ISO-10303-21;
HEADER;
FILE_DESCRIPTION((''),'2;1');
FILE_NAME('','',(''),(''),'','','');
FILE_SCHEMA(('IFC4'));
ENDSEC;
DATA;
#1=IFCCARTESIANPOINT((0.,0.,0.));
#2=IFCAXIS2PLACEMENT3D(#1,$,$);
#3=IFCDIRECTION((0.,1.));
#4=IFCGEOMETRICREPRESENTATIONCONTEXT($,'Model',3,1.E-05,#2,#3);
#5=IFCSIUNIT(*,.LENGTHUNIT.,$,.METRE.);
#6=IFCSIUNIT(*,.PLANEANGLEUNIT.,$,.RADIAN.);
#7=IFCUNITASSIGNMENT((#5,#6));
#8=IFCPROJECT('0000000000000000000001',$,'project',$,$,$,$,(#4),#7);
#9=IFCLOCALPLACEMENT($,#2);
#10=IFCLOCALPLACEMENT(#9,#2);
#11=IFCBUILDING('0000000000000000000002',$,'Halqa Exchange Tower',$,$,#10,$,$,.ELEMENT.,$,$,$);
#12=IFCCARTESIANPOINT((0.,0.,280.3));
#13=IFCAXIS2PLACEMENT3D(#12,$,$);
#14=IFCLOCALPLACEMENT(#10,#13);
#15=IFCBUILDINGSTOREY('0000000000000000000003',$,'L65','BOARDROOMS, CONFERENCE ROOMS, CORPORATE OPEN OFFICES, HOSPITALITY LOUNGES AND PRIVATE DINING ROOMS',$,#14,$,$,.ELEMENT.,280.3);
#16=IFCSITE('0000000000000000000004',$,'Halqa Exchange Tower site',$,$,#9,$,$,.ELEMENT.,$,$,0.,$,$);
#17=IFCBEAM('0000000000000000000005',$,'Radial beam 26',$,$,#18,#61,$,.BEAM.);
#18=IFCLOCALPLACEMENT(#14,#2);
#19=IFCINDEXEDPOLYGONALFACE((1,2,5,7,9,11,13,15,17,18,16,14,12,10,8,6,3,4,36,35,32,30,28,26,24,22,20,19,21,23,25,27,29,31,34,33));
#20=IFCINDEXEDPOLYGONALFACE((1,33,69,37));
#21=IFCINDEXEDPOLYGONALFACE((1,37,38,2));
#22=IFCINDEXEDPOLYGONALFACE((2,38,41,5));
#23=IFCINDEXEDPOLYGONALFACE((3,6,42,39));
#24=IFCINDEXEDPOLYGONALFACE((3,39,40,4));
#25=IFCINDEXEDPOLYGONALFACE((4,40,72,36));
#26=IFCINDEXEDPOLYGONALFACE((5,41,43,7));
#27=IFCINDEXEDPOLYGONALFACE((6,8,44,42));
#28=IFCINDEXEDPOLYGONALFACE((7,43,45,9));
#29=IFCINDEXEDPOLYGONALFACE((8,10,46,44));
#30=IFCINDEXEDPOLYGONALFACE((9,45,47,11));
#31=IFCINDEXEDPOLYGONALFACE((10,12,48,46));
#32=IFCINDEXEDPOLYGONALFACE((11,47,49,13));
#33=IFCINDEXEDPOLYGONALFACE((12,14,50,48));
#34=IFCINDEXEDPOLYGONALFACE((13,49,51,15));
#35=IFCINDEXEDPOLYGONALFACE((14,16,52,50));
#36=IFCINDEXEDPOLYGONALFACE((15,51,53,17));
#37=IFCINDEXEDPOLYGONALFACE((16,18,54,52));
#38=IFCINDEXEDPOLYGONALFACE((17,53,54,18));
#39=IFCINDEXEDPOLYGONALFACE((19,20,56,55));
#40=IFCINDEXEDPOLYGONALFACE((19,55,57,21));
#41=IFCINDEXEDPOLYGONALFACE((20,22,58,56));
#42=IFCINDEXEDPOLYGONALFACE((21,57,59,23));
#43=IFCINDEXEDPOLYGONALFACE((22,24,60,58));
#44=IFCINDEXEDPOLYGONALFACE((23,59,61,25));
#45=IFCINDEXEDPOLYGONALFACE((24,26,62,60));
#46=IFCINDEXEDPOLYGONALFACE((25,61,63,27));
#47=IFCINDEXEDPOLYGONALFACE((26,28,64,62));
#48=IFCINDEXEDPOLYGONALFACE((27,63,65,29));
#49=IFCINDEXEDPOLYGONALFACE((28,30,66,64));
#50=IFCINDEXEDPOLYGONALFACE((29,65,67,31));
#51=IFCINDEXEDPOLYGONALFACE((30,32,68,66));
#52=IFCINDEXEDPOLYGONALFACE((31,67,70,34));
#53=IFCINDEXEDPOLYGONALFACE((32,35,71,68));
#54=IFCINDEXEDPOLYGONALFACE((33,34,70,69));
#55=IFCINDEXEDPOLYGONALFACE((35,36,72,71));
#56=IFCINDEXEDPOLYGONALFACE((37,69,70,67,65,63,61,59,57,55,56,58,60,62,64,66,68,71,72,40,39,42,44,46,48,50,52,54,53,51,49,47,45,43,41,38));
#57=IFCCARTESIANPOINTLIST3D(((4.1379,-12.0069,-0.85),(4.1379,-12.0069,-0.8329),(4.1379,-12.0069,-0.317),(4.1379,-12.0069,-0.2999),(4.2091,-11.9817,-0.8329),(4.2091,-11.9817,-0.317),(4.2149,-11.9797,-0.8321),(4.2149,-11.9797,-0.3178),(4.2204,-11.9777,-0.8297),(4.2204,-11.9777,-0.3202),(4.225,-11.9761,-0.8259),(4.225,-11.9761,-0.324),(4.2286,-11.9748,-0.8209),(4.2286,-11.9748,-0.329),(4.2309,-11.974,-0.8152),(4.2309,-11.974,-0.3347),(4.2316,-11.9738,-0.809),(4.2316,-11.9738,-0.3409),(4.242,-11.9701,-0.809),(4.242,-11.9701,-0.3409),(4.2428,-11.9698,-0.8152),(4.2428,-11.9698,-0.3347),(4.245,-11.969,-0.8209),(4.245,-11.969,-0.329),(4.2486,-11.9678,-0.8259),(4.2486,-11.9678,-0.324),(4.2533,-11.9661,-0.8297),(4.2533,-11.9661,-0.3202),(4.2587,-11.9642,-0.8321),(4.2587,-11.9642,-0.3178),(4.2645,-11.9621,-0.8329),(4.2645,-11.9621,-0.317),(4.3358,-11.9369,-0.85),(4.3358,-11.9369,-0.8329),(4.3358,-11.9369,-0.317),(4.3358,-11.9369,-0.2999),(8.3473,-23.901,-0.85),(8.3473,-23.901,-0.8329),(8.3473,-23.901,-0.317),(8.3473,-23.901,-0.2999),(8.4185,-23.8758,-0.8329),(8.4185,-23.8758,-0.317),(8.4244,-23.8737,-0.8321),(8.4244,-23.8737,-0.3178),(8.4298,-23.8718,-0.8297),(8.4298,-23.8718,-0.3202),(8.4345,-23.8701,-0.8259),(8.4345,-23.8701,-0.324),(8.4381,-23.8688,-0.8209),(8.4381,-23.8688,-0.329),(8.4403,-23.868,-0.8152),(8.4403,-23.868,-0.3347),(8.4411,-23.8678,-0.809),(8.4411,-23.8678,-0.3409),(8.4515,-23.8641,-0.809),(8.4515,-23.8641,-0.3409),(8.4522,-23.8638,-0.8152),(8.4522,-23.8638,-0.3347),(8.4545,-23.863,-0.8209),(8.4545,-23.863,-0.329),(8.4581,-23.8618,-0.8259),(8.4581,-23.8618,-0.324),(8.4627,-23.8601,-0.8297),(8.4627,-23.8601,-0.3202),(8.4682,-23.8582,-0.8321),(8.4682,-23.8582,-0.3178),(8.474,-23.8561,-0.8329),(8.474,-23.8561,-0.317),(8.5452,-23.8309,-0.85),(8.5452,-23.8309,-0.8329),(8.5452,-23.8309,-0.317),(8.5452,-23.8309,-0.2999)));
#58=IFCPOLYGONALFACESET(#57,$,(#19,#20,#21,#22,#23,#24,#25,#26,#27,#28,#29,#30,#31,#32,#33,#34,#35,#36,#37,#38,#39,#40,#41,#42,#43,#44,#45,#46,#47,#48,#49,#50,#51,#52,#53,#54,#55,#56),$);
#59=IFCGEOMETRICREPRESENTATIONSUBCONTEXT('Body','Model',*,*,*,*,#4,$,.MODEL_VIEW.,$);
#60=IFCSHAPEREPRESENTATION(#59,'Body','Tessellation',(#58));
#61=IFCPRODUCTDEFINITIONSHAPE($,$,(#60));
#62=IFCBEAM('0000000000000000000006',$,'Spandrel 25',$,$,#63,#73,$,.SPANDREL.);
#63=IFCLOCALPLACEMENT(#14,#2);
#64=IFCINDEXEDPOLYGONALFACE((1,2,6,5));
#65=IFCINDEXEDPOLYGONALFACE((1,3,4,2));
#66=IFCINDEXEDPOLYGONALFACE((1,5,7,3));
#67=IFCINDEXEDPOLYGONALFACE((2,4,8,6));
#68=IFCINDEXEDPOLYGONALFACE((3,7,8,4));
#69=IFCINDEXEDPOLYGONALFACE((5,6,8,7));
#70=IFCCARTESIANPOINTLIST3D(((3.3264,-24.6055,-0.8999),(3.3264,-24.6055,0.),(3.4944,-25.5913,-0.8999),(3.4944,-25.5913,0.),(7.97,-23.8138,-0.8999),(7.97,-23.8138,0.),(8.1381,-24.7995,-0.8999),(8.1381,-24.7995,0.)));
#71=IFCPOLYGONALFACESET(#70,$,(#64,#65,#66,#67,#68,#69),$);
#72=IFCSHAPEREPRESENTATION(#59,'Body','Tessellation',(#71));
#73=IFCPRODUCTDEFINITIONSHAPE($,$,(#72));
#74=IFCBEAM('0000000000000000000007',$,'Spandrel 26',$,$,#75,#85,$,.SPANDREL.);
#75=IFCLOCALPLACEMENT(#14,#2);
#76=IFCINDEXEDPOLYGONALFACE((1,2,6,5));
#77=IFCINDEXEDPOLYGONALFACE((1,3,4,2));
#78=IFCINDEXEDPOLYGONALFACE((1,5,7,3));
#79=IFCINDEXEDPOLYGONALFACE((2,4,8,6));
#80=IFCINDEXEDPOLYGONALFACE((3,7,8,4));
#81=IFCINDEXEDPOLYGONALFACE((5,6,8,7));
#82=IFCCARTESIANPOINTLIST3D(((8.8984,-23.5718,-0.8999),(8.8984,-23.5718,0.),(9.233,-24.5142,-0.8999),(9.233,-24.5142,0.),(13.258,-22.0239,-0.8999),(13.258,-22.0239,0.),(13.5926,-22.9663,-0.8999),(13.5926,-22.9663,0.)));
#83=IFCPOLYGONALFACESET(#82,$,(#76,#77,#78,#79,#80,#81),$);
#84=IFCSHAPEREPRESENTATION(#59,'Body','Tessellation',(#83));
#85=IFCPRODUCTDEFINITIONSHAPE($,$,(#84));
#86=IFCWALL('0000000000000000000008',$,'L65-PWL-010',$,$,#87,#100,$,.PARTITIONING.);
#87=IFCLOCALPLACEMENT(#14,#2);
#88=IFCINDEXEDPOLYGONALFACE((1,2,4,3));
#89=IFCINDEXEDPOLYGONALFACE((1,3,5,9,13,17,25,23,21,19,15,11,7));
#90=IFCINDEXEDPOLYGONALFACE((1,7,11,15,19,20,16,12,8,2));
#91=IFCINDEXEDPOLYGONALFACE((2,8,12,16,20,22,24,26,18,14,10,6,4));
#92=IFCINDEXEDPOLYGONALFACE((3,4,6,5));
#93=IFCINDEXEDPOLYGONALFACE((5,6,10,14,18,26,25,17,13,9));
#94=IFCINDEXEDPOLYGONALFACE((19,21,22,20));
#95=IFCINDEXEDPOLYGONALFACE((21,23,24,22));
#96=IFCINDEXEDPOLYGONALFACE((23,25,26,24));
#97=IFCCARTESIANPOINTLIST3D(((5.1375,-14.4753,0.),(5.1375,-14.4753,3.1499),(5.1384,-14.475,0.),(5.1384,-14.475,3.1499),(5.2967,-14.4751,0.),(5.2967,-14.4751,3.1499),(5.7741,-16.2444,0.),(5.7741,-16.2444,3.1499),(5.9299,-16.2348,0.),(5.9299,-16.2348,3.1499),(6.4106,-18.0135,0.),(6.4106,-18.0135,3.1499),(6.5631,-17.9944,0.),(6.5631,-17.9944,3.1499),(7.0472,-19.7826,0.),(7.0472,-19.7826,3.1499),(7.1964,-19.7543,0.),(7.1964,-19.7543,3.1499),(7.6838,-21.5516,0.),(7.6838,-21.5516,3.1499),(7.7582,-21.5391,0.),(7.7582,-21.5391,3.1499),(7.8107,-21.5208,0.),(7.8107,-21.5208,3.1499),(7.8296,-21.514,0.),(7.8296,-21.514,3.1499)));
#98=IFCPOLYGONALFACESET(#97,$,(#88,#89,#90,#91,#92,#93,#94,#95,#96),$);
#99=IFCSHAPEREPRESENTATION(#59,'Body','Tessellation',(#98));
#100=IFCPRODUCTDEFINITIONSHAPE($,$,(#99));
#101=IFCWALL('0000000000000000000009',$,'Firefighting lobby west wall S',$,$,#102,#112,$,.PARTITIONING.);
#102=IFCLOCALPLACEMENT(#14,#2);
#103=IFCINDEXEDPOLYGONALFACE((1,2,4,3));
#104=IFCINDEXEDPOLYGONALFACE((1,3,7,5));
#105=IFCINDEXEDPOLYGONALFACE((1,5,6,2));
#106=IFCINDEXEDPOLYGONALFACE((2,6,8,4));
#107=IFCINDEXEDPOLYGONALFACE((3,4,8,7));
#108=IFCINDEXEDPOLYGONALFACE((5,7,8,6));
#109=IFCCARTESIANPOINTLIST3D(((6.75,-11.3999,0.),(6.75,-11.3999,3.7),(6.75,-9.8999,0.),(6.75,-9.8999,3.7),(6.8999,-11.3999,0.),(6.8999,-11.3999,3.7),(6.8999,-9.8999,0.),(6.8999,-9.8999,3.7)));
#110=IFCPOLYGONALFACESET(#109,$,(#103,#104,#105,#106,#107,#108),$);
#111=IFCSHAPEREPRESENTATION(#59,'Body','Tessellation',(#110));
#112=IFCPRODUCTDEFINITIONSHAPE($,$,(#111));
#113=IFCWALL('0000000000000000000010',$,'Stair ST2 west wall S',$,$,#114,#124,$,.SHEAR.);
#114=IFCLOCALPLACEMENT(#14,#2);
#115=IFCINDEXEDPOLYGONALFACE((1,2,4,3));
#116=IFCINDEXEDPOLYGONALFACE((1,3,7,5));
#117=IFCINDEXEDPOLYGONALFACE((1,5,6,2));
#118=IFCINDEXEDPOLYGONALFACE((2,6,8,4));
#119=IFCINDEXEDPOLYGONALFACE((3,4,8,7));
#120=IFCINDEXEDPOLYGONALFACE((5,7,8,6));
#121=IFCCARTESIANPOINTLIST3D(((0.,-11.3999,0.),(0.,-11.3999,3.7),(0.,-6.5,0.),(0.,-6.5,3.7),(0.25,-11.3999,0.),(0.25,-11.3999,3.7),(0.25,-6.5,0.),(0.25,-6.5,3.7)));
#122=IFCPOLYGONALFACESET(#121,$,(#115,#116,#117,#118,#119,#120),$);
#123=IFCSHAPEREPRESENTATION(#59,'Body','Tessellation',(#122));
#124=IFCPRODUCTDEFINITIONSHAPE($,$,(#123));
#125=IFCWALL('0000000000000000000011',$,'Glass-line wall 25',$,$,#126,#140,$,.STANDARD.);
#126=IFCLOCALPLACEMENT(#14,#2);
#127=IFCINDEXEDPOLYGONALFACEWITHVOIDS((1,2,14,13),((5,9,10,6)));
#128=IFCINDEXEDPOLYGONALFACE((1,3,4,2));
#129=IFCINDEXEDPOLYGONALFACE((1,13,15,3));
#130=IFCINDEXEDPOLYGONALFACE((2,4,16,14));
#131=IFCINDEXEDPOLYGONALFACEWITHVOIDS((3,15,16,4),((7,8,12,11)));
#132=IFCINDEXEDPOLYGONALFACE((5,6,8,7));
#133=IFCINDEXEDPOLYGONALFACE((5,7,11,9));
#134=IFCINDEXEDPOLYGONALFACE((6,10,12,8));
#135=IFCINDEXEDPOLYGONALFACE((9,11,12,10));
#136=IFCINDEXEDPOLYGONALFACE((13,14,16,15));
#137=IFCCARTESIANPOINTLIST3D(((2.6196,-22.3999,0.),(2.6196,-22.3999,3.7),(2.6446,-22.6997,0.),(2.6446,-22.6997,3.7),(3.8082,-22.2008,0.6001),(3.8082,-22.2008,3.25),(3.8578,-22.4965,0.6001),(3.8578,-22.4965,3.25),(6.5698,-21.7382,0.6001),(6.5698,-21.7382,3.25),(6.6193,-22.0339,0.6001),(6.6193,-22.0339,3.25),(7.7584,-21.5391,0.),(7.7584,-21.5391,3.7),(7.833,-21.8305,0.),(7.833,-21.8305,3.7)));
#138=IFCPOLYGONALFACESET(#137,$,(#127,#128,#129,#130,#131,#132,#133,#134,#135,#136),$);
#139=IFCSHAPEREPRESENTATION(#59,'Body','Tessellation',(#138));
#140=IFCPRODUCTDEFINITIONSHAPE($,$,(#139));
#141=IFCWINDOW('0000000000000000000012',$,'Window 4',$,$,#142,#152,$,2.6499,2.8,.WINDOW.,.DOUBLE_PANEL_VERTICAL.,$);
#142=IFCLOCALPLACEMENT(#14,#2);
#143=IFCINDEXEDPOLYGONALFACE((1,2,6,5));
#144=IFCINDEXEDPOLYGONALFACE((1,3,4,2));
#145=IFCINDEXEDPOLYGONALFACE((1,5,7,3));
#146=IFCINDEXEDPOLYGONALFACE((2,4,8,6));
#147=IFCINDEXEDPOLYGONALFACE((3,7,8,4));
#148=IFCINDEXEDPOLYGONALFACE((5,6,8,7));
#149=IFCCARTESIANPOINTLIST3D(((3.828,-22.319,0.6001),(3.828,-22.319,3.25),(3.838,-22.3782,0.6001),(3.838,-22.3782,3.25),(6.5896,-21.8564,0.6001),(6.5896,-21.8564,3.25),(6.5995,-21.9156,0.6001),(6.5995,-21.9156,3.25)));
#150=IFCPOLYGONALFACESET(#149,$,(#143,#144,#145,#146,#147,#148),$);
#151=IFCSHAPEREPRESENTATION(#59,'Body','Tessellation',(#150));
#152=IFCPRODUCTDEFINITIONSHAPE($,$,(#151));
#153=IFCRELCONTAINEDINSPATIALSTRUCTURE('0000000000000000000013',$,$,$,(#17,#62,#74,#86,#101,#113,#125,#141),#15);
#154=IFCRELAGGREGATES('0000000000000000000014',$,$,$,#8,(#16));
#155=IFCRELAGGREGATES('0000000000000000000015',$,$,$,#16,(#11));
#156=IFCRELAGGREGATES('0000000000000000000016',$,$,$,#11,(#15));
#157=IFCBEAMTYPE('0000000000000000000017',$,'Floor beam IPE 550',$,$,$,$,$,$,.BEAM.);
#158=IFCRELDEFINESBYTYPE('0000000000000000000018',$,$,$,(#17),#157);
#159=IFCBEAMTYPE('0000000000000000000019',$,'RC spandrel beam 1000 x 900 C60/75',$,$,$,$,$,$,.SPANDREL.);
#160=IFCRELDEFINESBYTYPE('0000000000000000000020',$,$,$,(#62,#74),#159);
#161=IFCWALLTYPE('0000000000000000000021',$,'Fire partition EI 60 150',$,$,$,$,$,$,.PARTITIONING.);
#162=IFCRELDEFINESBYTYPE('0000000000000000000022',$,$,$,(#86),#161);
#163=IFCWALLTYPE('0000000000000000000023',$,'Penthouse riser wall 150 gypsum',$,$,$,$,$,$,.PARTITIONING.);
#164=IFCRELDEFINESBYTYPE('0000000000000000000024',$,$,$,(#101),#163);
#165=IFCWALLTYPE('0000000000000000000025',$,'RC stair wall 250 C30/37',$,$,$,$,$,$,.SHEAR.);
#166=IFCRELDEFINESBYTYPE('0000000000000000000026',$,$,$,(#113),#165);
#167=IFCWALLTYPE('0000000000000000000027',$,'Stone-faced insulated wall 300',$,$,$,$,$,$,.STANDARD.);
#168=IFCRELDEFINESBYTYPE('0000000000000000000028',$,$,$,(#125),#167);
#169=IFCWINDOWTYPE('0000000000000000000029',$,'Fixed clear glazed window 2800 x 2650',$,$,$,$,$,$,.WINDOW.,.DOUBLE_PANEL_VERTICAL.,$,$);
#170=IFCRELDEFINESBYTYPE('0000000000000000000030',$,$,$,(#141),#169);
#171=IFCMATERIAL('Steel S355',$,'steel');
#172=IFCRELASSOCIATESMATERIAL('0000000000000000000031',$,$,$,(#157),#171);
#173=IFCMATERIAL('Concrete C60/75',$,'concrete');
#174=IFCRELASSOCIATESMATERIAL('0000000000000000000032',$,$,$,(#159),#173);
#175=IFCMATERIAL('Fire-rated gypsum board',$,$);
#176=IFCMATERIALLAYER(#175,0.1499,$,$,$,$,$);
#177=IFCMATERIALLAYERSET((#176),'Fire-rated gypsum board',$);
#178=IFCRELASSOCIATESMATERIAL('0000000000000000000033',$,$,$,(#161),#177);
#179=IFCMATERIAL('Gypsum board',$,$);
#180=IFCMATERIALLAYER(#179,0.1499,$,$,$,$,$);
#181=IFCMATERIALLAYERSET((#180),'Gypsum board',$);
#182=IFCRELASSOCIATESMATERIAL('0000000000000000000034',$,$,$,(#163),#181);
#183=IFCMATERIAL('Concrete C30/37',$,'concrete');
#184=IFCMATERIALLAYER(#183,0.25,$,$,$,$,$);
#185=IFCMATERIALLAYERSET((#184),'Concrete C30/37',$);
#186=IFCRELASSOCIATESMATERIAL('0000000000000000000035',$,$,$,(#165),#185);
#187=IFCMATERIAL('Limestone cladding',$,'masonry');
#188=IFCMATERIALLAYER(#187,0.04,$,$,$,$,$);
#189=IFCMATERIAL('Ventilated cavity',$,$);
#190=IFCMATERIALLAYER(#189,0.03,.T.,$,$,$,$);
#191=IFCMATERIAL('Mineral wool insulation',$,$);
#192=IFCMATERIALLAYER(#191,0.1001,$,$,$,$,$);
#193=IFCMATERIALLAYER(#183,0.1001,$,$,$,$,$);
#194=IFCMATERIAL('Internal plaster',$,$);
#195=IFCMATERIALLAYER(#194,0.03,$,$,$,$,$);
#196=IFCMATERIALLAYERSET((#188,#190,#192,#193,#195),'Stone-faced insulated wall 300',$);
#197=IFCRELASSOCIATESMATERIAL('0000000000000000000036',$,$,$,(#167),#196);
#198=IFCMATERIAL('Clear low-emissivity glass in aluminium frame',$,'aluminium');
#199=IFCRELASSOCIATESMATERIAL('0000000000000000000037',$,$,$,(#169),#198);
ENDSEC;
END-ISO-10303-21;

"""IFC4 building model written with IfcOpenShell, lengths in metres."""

from ifc_helpers import new_model, si_unit, direction, frame, frame_2d, origin, origin_2d, place, context, subcontext, project, spatial, polyline, rectangle, i_section, outline, extrude, material, layer, layer_set, material_profile, profile_set, type_object, element, fill, save


model = new_model("IFC4")

# Units and contexts
model_context = context("Model", 3, precision=1e-05, world=origin(), true_north=direction((0.0, 1.0)))
body_context = subcontext(model_context, "Body", "Model", "MODEL_VIEW")
ifc_project = project(units=[si_unit("LENGTHUNIT", "METRE"), si_unit("PLANEANGLEUNIT", "RADIAN")], contexts=[model_context])

# Site, building, storey
site_placement = place(None, origin())
site = spatial("IfcSite", under=ifc_project, at=site_placement, Name="Halqa Exchange Tower site", CompositionType="ELEMENT", RefElevation=0.0)
building_placement = place(site_placement, origin())
building = spatial("IfcBuilding", under=site, at=building_placement, Name="Halqa Exchange Tower", CompositionType="ELEMENT")
storey_placement = place(building_placement, frame((0.0, 0.0, 280.3)))
storey = spatial("IfcBuildingStorey", under=building, at=storey_placement, Name="L65", Description="BOARDROOMS, CONFERENCE ROOMS, CORPORATE OPEN OFFICES, HOSPITALITY LOUNGES AND PRIVATE DINING ROOMS", CompositionType="ELEMENT", Elevation=280.3)

# Shared definitions
ifc_material_1 = material(Name="Concrete C60/75", Category="concrete")

# Beams
ifc_material_2 = material(Name="Steel S355", Category="steel")
ifc_material_profile_1 = material_profile(ifc_material_2, i_section(OverallWidth=0.21, OverallDepth=0.55, WebThickness=0.011, FlangeThickness=0.0171, FilletRadius=0.0239, at=origin_2d()), Name="IPE 550")
ifc_profile_set_1 = profile_set([ifc_material_profile_1], Name="Steel S355")
beam_type_1 = type_object("IfcBeamType", Name="Floor beam IPE 550", PredefinedType="BEAM", material=ifc_profile_set_1)
beam_1_placement = place(storey_placement, frame((4.2368, -11.9719, -0.575), z_axis=(0.333636, -0.942702, 0.0), x_axis=(0.942702, 0.333636, 0.0)))
element("IfcBeam", 1, at=beam_1_placement, inside=storey, type_object=beam_type_1, Name="Radial beam 26", PredefinedType="BEAM", context=body_context, shape_type="SweptSolid", body=[
    extrude(i_section(OverallWidth=0.21, OverallDepth=0.55, WebThickness=0.011, FlangeThickness=0.0171, FilletRadius=0.0239, at=origin_2d()), origin(), (0.0, 0.0, 1.0), 12.6169),
])
ifc_material_profile_2 = material_profile(ifc_material_1, rectangle(XDim=1.0, YDim=0.8999, at=origin_2d()), Name="1000 x 900")
ifc_profile_set_2 = profile_set([ifc_material_profile_2], Name="Concrete C60/75")
beam_type_2 = type_object("IfcBeamType", Name="RC spandrel beam 1000 x 900 C60/75", PredefinedType="SPANDREL", material=ifc_profile_set_2)
beam_2_placement = place(storey_placement, frame((3.4104, -25.0984, -0.45), z_axis=(0.985775, 0.16807, 0.0), x_axis=(-0.16807, 0.985775, 0.0)))
element("IfcBeam", 2, at=beam_2_placement, inside=storey, type_object=beam_type_2, Name="Spandrel 25", PredefinedType="SPANDREL", context=body_context, shape_type="SweptSolid", body=[
    extrude(rectangle(XDim=1.0, YDim=0.8999, at=origin_2d()), origin(), (0.0, 0.0, 1.0), 4.7107),
])
beam_3_placement = place(storey_placement, frame((9.0657, -24.043, -0.45), z_axis=(0.942367, 0.334581, 0.0), x_axis=(-0.334581, 0.942367, 0.0)))
element("IfcBeam", 3, at=beam_3_placement, inside=storey, type_object=beam_type_2, Name="Spandrel 26", PredefinedType="SPANDREL", context=body_context, shape_type="SweptSolid", body=[
    extrude(rectangle(XDim=1.0, YDim=0.8999, at=origin_2d()), origin(), (0.0, 0.0, 1.0), 4.6262),
])

# Walls
ifc_material_3 = material(Name="Fire-rated gypsum board")
ifc_layer_1 = layer(ifc_material_3, 0.1499)
ifc_layer_set_1 = layer_set([ifc_layer_1], Name="Fire-rated gypsum board")
wall_type_1 = type_object("IfcWallType", Name="Fire partition EI 60 150", PredefinedType="PARTITIONING", material=ifc_layer_set_1)
wall_1_placement = place(storey_placement, frame((5.208, -14.45, 0.0), z_axis=(0.0, 0.0, 1.0), x_axis=(0.338585, -0.940936, 0.0)))
element("IfcWall", 4, at=wall_1_placement, inside=storey, type_object=wall_type_1, Name="L65-PWL-010", PredefinedType="PARTITIONING", context=body_context, shape_type="SweptSolid", body=[
    extrude(outline(polyline([(0.0, -0.075), (1.8801, -0.075), (3.7603, -0.075), (5.6404, -0.075), (7.5205, -0.075), (7.5339, -0.0007), (7.5344, 0.0549), (7.5344, 0.075), (5.6643, 0.075), (3.7939, 0.075), (1.9238, 0.075), (0.0537, 0.075), (0.0, -0.074), (0.0, -0.075)])), origin(), (0.0, 0.0, 1.0), 3.1499),
])
ifc_material_4 = material(Name="Gypsum board")
ifc_layer_2 = layer(ifc_material_4, 0.1499)
ifc_layer_set_2 = layer_set([ifc_layer_2], Name="Gypsum board")
wall_type_2 = type_object("IfcWallType", Name="Penthouse riser wall 150 gypsum", PredefinedType="PARTITIONING", material=ifc_layer_set_2)
wall_2_placement = place(storey_placement, frame((6.825, -11.3999, 0.0), z_axis=(0.0, 0.0, 1.0), x_axis=(0.0, 1.0, 0.0)))
element("IfcWall", 5, at=wall_2_placement, inside=storey, type_object=wall_type_2, Name="Firefighting lobby west wall S", PredefinedType="PARTITIONING", context=body_context, shape_type="SweptSolid", body=[
    extrude(rectangle(XDim=1.5, YDim=0.1499, at=frame_2d((0.75, 0.0))), origin(), (0.0, 0.0, 1.0), 3.7),
])
ifc_material_5 = material(Name="Concrete C30/37", Category="concrete")
ifc_layer_3 = layer(ifc_material_5, 0.25)
ifc_layer_set_3 = layer_set([ifc_layer_3], Name="Concrete C30/37")
wall_type_3 = type_object("IfcWallType", Name="RC stair wall 250 C30/37", PredefinedType="SHEAR", material=ifc_layer_set_3)
wall_3_placement = place(storey_placement, frame((0.125, -11.3999, 0.0), z_axis=(0.0, 0.0, 1.0), x_axis=(0.0, 1.0, 0.0)))
element("IfcWall", 6, at=wall_3_placement, inside=storey, type_object=wall_type_3, Name="Stair ST2 west wall S", PredefinedType="SHEAR", context=body_context, shape_type="SweptSolid", body=[
    extrude(rectangle(XDim=4.8999, YDim=0.25, at=frame_2d((2.45, 0.0))), origin(), (0.0, 0.0, 1.0), 3.7),
])

# Wall, opening, window
ifc_material_6 = material(Name="Limestone cladding", Category="masonry")
ifc_layer_4 = layer(ifc_material_6, 0.04)
ifc_material_7 = material(Name="Ventilated cavity")
ifc_layer_5 = layer(ifc_material_7, 0.03, ventilated=True)
ifc_material_8 = material(Name="Mineral wool insulation")
ifc_layer_6 = layer(ifc_material_8, 0.1001)
ifc_layer_7 = layer(ifc_material_5, 0.1001)
ifc_material_9 = material(Name="Internal plaster")
ifc_layer_8 = layer(ifc_material_9, 0.03)
ifc_layer_set_4 = layer_set([ifc_layer_4, ifc_layer_5, ifc_layer_6, ifc_layer_7, ifc_layer_8], Name="Stone-faced insulated wall 300")
wall_type_4 = type_object("IfcWallType", Name="Stone-faced insulated wall 300", PredefinedType="STANDARD", material=ifc_layer_set_4)
wall_4_placement = place(storey_placement, frame((2.6321, -22.5498, 0.0), z_axis=(0.0, 0.0, 1.0), x_axis=(0.986257, 0.165216, 0.0)))
wall_4 = element("IfcWall", 7, at=wall_4_placement, inside=storey, type_object=wall_type_4, Name="Glass-line wall 25", PredefinedType="STANDARD", context=body_context, shape_type="SweptSolid", body=[
    extrude(outline(polyline([(-0.0125, -0.1499), (5.2483, -0.1499), (5.2229, 0.1499), (0.0125, 0.1499), (-0.0125, -0.1499)])), origin(), (0.0, 0.0, 1.0), 3.7),
])
opening_1_placement = place(wall_4_placement, frame((1.2178, 0.0, 0.6001)))
opening_1 = element("IfcOpeningElement", 8, at=opening_1_placement, cuts=wall_4, PredefinedType="OPENING", context=body_context, shape_type="SweptSolid", body=[
    extrude(rectangle(XDim=2.8, YDim=2.6499, at=frame_2d((1.3999, 1.325))), frame((0.0, 0.1621, 0.0), z_axis=(0.0, -1.0, 0.0), x_axis=(1.0, 0.0, 0.0)), (0.0, 0.0, 1.0), 0.324),
])
ifc_material_10 = material(Name="Clear low-emissivity glass in aluminium frame", Category="aluminium")
window_type = type_object("IfcWindowType", Name="Fixed clear glazed window 2800 x 2650", PartitioningType="DOUBLE_PANEL_VERTICAL", PredefinedType="WINDOW", material=ifc_material_10)
window_1_placement = place(opening_1_placement, origin())
window_1 = element("IfcWindow", 9, at=window_1_placement, inside=storey, type_object=window_type, Name="Window 4", OverallHeight=2.6499, OverallWidth=2.8, PartitioningType="DOUBLE_PANEL_VERTICAL", PredefinedType="WINDOW", context=body_context, shape_type="SweptSolid", body=[
    extrude(rectangle(XDim=2.8, YDim=2.6499, at=frame_2d((1.3999, 1.325))), frame((0.0, 0.03, 0.0), z_axis=(0.0, -1.0, 0.0), x_axis=(1.0, 0.0, 0.0)), (0.0, 0.0, 1.0), 0.0601),
])
fill(opening_1, window_1)

save(model, "model.ifc")
